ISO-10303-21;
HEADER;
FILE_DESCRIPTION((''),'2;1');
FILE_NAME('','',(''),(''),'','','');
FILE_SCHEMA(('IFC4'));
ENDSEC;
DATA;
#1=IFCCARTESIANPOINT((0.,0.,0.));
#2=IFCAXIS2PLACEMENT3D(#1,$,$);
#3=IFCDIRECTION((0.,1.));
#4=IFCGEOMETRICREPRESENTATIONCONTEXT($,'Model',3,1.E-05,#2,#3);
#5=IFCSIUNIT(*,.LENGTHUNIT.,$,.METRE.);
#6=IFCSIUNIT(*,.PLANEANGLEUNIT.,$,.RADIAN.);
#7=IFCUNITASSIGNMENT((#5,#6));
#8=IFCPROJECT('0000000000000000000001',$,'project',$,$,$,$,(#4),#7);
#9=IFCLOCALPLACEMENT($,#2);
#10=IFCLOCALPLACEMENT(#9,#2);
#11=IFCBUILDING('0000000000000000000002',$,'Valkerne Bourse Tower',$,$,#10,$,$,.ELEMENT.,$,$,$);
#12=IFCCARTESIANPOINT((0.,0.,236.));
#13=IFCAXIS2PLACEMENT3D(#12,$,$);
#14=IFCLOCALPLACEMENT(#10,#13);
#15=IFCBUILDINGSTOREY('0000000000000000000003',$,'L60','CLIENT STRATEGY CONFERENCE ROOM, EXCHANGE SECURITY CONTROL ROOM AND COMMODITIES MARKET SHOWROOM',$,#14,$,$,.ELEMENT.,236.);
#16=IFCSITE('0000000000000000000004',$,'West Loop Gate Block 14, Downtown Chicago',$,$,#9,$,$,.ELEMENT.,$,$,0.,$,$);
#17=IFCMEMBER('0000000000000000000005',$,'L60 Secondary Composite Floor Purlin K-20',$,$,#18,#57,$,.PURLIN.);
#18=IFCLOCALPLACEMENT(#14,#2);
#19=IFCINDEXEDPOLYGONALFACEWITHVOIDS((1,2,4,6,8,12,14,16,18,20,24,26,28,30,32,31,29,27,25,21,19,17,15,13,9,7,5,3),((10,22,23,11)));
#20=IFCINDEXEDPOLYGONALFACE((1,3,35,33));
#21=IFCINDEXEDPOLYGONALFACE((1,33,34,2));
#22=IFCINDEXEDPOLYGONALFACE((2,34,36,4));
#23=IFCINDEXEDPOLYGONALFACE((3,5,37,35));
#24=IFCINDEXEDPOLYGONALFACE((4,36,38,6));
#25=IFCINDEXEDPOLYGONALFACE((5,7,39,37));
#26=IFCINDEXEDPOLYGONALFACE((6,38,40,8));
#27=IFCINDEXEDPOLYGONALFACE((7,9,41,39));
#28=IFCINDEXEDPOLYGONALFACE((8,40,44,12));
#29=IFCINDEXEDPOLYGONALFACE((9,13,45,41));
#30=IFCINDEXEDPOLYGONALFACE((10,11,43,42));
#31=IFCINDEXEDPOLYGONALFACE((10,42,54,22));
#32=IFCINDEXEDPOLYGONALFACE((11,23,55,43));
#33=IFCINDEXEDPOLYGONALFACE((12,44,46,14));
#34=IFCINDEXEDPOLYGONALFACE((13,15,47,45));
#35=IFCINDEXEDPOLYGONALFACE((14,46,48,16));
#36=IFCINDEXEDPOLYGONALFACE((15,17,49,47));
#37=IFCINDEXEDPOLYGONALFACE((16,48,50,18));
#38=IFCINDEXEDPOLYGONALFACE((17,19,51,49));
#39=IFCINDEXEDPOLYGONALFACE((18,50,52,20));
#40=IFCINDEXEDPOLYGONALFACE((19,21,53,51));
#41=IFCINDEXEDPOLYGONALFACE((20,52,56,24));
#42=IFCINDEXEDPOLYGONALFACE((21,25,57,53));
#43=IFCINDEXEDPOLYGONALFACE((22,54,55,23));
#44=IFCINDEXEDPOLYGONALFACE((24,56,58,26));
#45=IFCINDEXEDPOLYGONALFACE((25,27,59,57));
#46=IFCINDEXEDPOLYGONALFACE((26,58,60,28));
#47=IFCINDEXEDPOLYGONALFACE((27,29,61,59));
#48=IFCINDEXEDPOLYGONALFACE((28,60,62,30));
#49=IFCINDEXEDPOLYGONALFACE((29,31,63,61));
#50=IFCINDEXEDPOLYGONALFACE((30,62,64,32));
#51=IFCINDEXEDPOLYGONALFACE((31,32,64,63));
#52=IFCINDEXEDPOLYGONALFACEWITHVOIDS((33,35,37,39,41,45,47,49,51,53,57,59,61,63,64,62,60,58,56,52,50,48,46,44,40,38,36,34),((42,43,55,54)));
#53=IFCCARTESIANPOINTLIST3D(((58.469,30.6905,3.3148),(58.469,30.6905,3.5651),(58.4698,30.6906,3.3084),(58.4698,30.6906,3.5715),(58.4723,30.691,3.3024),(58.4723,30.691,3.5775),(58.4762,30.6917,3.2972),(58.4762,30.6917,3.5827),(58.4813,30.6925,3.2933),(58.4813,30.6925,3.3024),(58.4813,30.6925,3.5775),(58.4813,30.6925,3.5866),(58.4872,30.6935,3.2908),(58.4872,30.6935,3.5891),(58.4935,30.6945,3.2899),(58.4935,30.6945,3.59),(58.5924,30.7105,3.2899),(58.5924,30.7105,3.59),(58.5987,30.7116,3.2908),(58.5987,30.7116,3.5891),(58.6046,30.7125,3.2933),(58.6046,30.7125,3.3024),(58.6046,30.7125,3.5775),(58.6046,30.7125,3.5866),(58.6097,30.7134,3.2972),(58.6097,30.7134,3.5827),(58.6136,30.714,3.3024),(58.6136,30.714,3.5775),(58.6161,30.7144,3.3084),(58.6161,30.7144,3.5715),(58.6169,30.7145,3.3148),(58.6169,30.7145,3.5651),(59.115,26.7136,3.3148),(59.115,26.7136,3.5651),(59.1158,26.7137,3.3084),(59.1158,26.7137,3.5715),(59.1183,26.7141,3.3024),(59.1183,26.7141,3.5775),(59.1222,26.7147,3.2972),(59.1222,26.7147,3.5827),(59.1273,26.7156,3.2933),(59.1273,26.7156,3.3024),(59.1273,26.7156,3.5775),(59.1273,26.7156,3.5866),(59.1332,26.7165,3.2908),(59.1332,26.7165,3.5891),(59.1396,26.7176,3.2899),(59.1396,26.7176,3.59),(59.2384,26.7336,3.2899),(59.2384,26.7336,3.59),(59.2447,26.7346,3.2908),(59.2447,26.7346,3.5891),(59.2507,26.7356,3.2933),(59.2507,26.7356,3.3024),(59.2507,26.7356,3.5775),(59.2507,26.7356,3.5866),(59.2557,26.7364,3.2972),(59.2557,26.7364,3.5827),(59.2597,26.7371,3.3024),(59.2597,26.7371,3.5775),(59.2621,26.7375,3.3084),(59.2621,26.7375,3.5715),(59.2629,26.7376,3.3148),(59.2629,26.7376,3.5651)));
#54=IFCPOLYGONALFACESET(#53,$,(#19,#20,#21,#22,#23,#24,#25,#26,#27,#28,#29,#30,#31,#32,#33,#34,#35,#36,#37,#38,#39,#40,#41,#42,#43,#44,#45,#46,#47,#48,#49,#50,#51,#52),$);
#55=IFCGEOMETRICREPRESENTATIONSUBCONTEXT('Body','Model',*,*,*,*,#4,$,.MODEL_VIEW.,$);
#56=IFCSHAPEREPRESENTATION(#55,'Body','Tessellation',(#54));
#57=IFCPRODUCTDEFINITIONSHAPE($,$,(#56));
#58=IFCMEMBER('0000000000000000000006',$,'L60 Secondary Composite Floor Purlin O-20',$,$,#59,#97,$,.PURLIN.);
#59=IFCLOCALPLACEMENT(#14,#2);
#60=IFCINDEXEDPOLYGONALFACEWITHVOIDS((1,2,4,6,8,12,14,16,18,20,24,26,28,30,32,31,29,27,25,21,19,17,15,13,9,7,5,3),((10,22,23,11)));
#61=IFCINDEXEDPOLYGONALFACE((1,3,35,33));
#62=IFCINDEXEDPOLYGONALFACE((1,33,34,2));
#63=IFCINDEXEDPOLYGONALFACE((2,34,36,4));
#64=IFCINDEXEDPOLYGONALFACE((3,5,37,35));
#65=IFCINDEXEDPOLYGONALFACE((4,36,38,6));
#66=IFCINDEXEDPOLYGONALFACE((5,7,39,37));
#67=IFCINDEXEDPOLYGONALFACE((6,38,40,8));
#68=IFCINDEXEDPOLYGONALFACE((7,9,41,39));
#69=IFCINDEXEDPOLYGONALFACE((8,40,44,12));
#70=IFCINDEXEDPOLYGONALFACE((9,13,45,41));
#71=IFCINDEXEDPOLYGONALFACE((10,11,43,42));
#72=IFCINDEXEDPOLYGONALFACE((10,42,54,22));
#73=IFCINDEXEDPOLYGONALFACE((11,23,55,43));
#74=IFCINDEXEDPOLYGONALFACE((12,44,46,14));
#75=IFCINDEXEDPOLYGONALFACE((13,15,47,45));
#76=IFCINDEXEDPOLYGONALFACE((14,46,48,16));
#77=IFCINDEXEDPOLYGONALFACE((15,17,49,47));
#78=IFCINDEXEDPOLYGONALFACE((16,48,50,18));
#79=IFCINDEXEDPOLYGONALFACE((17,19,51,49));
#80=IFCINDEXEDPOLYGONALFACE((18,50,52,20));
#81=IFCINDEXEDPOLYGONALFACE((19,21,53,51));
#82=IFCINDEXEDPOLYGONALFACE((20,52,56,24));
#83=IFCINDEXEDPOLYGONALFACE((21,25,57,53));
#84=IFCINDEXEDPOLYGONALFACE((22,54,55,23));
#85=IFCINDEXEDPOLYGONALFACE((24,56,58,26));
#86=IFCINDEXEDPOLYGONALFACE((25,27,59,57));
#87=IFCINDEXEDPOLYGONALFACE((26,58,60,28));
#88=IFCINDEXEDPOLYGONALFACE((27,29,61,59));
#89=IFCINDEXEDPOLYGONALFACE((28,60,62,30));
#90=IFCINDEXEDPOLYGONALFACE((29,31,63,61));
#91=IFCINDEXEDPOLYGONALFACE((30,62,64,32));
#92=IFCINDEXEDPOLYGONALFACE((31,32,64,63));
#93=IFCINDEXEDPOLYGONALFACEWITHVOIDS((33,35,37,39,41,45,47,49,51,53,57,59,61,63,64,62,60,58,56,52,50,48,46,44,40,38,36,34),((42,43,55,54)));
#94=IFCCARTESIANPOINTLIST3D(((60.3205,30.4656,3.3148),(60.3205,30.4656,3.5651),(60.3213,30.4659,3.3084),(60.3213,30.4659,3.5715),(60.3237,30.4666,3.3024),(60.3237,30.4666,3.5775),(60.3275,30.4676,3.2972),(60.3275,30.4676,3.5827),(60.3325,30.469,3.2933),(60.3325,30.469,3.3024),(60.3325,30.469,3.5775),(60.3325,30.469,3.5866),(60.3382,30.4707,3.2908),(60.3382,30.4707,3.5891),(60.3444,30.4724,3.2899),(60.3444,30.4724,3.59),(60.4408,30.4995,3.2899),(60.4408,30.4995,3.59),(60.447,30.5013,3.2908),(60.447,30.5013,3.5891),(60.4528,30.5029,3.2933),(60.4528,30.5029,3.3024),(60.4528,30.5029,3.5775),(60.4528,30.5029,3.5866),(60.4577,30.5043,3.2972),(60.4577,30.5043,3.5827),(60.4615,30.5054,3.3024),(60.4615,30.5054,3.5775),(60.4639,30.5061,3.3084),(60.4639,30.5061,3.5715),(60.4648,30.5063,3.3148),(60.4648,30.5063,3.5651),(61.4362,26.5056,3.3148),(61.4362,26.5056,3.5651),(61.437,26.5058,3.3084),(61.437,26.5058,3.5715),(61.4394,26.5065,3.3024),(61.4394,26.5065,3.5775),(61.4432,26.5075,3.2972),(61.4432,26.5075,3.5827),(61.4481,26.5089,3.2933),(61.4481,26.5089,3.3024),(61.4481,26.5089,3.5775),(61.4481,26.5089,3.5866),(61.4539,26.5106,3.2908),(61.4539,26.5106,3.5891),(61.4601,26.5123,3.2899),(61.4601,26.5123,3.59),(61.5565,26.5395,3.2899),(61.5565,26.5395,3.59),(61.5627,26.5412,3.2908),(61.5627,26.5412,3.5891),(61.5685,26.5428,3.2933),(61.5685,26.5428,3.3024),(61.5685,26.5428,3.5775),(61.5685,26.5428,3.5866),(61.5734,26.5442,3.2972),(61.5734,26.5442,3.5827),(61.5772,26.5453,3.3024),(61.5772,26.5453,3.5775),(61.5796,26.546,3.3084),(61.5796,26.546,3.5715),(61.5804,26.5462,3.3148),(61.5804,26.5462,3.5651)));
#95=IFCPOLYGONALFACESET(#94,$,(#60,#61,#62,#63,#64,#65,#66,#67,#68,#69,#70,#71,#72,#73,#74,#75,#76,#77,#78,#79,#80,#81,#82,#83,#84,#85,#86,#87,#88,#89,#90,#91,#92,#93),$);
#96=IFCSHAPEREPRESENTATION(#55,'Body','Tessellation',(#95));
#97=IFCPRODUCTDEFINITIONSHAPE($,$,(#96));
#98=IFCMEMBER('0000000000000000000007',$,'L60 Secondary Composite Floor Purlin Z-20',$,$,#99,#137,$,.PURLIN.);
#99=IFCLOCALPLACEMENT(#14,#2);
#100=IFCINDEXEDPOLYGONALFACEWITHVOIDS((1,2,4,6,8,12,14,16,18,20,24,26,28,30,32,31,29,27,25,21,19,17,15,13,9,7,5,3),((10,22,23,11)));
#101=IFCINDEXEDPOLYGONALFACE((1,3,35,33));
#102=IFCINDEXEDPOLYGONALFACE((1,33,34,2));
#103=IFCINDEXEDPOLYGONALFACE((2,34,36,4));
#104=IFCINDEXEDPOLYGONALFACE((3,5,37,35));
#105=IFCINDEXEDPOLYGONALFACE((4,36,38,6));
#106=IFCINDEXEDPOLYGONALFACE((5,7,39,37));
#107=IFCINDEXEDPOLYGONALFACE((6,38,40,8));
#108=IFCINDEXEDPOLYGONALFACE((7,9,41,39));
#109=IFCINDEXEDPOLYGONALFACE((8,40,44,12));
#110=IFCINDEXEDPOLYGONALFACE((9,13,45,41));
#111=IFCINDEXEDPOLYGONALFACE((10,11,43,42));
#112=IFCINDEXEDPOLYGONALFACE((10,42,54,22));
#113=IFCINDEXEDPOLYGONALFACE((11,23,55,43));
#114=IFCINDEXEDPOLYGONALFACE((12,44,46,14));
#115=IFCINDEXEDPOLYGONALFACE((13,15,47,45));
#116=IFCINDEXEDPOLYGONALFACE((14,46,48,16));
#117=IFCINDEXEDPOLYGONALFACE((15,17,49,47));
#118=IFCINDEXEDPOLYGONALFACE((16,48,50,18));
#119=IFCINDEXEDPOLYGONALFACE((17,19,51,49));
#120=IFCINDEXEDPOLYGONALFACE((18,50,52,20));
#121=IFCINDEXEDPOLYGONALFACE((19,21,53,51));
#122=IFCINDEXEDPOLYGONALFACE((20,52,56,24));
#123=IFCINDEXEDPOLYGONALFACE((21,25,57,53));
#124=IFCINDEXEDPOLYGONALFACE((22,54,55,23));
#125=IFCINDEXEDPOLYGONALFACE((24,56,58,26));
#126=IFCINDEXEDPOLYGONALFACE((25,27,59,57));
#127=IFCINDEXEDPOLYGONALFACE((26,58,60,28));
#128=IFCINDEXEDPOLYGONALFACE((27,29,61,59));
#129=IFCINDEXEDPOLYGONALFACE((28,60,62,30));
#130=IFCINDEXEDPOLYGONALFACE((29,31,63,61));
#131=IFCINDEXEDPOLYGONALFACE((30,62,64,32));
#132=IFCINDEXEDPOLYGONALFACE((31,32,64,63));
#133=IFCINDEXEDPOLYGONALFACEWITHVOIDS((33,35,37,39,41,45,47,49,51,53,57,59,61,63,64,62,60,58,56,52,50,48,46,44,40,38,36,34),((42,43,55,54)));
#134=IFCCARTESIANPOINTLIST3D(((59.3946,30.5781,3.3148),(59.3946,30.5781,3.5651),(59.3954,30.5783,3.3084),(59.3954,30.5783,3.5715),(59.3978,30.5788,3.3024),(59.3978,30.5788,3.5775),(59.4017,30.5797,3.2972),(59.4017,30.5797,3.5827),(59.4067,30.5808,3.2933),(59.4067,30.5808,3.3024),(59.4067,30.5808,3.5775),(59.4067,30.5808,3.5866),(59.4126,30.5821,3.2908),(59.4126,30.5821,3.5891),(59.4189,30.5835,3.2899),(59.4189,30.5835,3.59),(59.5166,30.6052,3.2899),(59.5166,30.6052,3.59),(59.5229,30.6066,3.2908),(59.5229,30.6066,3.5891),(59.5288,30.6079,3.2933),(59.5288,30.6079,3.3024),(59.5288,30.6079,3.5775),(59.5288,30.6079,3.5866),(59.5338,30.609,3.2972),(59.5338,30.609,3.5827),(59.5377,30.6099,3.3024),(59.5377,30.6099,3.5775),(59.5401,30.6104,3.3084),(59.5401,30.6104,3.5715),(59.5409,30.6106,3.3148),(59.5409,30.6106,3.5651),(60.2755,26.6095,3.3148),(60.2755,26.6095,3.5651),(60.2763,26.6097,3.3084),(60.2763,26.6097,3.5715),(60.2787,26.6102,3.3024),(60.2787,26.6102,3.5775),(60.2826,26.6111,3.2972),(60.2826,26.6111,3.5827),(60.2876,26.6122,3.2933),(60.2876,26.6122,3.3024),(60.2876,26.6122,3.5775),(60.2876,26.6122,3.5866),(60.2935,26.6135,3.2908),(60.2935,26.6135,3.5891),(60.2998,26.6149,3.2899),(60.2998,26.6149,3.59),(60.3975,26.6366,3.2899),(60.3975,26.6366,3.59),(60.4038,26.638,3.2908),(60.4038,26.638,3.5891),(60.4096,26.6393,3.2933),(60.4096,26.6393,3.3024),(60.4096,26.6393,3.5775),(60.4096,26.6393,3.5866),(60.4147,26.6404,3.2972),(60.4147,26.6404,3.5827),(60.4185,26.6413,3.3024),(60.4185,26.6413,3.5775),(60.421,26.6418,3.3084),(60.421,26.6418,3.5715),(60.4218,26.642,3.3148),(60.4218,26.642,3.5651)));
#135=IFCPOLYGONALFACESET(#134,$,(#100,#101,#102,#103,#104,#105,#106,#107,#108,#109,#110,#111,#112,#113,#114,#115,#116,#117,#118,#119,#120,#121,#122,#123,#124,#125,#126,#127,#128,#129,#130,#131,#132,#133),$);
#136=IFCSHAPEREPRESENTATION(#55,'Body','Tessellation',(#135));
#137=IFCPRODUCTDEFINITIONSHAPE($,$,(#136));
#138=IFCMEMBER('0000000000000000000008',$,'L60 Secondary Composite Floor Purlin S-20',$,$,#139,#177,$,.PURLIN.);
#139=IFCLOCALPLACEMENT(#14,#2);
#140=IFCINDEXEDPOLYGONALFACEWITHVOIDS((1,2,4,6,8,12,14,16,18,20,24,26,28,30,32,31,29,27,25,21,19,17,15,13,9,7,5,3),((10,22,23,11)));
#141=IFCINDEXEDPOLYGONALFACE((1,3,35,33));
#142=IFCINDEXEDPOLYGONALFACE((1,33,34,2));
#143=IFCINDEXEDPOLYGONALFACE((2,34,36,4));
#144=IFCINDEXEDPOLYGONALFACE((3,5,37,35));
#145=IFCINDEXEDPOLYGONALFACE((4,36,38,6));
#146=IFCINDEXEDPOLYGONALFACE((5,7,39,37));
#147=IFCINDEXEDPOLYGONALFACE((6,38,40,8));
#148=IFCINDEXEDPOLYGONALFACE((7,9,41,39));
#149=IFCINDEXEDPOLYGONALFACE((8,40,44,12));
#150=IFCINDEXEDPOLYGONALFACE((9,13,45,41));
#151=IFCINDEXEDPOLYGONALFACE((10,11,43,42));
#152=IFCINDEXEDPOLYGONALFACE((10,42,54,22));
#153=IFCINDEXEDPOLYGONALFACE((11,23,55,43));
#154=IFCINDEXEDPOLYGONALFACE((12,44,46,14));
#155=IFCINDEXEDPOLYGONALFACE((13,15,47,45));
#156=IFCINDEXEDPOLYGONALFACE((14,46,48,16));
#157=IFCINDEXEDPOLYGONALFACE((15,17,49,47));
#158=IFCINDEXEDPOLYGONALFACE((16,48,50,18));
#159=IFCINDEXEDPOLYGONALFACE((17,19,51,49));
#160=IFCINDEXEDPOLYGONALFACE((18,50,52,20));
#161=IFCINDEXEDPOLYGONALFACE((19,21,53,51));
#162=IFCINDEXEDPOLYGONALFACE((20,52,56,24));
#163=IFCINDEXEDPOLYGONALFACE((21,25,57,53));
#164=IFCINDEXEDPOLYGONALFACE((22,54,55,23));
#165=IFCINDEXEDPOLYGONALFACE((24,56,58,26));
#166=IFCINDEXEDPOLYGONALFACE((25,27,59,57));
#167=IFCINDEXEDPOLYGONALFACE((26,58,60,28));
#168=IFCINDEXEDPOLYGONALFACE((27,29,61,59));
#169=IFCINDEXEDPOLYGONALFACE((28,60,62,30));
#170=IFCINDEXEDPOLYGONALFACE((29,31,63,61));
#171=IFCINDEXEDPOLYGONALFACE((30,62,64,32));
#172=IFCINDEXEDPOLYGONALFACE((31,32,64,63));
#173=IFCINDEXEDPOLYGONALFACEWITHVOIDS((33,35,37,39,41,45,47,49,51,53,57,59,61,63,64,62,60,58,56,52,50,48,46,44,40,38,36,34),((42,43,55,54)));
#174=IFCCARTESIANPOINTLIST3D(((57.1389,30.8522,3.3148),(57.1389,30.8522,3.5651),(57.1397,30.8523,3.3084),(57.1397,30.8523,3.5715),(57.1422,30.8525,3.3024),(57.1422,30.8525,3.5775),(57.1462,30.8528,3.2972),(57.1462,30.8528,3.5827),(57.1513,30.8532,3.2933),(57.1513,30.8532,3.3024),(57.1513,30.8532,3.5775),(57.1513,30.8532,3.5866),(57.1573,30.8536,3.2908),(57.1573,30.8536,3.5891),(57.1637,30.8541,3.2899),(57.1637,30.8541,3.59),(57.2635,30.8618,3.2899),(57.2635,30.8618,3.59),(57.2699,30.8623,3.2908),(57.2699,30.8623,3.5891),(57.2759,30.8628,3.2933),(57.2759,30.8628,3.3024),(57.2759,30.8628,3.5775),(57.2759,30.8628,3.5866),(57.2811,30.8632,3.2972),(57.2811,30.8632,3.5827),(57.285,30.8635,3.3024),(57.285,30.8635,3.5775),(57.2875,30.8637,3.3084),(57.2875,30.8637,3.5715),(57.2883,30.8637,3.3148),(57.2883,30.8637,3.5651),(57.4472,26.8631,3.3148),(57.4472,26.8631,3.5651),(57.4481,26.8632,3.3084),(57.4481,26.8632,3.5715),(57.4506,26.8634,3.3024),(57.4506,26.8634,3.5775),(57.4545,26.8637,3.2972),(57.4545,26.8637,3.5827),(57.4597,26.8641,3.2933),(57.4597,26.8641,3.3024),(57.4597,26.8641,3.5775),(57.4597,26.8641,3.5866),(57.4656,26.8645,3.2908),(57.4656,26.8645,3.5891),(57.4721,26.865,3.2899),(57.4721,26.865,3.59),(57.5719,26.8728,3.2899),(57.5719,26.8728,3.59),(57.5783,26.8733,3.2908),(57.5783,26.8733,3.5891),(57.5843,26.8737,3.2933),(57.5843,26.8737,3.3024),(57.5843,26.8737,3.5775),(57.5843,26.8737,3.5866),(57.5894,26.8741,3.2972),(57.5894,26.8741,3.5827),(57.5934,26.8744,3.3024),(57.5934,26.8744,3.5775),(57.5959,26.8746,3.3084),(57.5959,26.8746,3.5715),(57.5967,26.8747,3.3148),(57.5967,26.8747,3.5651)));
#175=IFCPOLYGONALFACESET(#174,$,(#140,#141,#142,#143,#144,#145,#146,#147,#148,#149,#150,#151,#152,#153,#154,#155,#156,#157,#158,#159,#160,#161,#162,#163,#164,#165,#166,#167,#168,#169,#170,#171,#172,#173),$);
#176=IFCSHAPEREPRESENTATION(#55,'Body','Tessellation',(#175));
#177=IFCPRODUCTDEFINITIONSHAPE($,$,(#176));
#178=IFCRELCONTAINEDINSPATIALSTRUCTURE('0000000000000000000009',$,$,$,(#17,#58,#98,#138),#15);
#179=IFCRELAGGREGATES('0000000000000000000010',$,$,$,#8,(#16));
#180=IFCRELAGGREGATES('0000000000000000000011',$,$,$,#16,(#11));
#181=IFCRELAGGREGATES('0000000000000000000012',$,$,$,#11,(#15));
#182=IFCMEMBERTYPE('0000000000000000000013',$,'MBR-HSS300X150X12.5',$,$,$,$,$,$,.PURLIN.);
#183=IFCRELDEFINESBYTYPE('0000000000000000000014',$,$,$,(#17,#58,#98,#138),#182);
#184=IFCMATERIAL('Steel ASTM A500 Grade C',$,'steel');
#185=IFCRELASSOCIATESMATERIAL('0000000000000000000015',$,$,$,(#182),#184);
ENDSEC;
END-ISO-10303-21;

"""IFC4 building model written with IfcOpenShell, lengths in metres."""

from ifc_helpers import new_model, si_unit, direction, frame, origin, origin_2d, place, context, subcontext, project, spatial, hollow_rectangle, extrude, material, material_profile, profile_set, type_object, element, save


model = new_model("IFC4")

# Units and contexts
model_context = context("Model", 3, precision=1e-05, world=origin(), true_north=direction((0.0, 1.0)))
body_context = subcontext(model_context, "Body", "Model", "MODEL_VIEW")
ifc_project = project(units=[si_unit("LENGTHUNIT", "METRE"), si_unit("PLANEANGLEUNIT", "RADIAN")], contexts=[model_context])

# Site, building, storey
site_placement = place(None, origin())
site = spatial("IfcSite", under=ifc_project, at=site_placement, Name="West Loop Gate Block 14, Downtown Chicago", CompositionType="ELEMENT", RefElevation=0.0)
building_placement = place(site_placement, origin())
building = spatial("IfcBuilding", under=site, at=building_placement, Name="Valkerne Bourse Tower", CompositionType="ELEMENT")
storey_placement = place(building_placement, frame((0.0, 0.0, 236.0)))
storey = spatial("IfcBuildingStorey", under=building, at=storey_placement, Name="L60", Description="CLIENT STRATEGY CONFERENCE ROOM, EXCHANGE SECURITY CONTROL ROOM AND COMMODITIES MARKET SHOWROOM", CompositionType="ELEMENT", Elevation=236.0)

# Members
ifc_material_1 = material(Name="Steel ASTM A500 Grade C", Category="steel")
ifc_material_profile_1 = material_profile(ifc_material_1, hollow_rectangle(XDim=0.1499, YDim=0.3, WallThickness=0.0125, OuterFilletRadius=0.0249, at=origin_2d()), Name="HSS300X150X12.5")
ifc_profile_set_1 = profile_set([ifc_material_profile_1], Name="Steel ASTM A500 Grade C")
member_type_1 = type_object("IfcMemberType", Name="MBR-HSS300X150X12.5", PredefinedType="PURLIN", material=ifc_profile_set_1)
member_1_placement = place(storey_placement, frame((59.189, 26.7256, 3.4399), z_axis=(-0.160339, 0.987062, 0.0), x_axis=(-0.987062, -0.160339, 0.0)))
element("IfcMember", 1, at=member_1_placement, inside=storey, type_object=member_type_1, Name="L60 Secondary Composite Floor Purlin K-20", PredefinedType="PURLIN", context=body_context, shape_type="SweptSolid", body=[
    extrude(hollow_rectangle(XDim=0.1499, YDim=0.3, WallThickness=0.0125, OuterFilletRadius=0.0249, at=origin_2d()), origin(), (0.0, 0.0, 1.0), 4.0291),
])
member_2_placement = place(storey_placement, frame((61.5083, 26.5259, 3.4399), z_axis=(-0.271177, 0.96253, 0.0), x_axis=(-0.96253, -0.271177, 0.0)))
element("IfcMember", 2, at=member_2_placement, inside=storey, type_object=member_type_1, Name="L60 Secondary Composite Floor Purlin O-20", PredefinedType="PURLIN", context=body_context, shape_type="SweptSolid", body=[
    extrude(hollow_rectangle(XDim=0.1499, YDim=0.3, WallThickness=0.0125, OuterFilletRadius=0.0249, at=origin_2d()), origin(), (0.0, 0.0, 1.0), 4.1143),
])
member_3_placement = place(storey_placement, frame((60.3486, 26.6257, 3.4399), z_axis=(-0.216689, 0.976241, 0.0), x_axis=(-0.976241, -0.216689, 0.0)))
element("IfcMember", 3, at=member_3_placement, inside=storey, type_object=member_type_1, Name="L60 Secondary Composite Floor Purlin Z-20", PredefinedType="PURLIN", context=body_context, shape_type="SweptSolid", body=[
    extrude(hollow_rectangle(XDim=0.1499, YDim=0.3, WallThickness=0.0125, OuterFilletRadius=0.0249, at=origin_2d()), origin(), (0.0, 0.0, 1.0), 4.0652),
])
member_4_placement = place(storey_placement, frame((57.522, 26.8689, 3.4399), z_axis=(-0.07707, 0.997026, 0.0), x_axis=(-0.997026, -0.07707, 0.0)))
element("IfcMember", 4, at=member_4_placement, inside=storey, type_object=member_type_1, Name="L60 Secondary Composite Floor Purlin S-20", PredefinedType="PURLIN", context=body_context, shape_type="SweptSolid", body=[
    extrude(hollow_rectangle(XDim=0.1499, YDim=0.3, WallThickness=0.0125, OuterFilletRadius=0.0249, at=origin_2d()), origin(), (0.0, 0.0, 1.0), 4.001),
])

save(model, "model.ifc")
